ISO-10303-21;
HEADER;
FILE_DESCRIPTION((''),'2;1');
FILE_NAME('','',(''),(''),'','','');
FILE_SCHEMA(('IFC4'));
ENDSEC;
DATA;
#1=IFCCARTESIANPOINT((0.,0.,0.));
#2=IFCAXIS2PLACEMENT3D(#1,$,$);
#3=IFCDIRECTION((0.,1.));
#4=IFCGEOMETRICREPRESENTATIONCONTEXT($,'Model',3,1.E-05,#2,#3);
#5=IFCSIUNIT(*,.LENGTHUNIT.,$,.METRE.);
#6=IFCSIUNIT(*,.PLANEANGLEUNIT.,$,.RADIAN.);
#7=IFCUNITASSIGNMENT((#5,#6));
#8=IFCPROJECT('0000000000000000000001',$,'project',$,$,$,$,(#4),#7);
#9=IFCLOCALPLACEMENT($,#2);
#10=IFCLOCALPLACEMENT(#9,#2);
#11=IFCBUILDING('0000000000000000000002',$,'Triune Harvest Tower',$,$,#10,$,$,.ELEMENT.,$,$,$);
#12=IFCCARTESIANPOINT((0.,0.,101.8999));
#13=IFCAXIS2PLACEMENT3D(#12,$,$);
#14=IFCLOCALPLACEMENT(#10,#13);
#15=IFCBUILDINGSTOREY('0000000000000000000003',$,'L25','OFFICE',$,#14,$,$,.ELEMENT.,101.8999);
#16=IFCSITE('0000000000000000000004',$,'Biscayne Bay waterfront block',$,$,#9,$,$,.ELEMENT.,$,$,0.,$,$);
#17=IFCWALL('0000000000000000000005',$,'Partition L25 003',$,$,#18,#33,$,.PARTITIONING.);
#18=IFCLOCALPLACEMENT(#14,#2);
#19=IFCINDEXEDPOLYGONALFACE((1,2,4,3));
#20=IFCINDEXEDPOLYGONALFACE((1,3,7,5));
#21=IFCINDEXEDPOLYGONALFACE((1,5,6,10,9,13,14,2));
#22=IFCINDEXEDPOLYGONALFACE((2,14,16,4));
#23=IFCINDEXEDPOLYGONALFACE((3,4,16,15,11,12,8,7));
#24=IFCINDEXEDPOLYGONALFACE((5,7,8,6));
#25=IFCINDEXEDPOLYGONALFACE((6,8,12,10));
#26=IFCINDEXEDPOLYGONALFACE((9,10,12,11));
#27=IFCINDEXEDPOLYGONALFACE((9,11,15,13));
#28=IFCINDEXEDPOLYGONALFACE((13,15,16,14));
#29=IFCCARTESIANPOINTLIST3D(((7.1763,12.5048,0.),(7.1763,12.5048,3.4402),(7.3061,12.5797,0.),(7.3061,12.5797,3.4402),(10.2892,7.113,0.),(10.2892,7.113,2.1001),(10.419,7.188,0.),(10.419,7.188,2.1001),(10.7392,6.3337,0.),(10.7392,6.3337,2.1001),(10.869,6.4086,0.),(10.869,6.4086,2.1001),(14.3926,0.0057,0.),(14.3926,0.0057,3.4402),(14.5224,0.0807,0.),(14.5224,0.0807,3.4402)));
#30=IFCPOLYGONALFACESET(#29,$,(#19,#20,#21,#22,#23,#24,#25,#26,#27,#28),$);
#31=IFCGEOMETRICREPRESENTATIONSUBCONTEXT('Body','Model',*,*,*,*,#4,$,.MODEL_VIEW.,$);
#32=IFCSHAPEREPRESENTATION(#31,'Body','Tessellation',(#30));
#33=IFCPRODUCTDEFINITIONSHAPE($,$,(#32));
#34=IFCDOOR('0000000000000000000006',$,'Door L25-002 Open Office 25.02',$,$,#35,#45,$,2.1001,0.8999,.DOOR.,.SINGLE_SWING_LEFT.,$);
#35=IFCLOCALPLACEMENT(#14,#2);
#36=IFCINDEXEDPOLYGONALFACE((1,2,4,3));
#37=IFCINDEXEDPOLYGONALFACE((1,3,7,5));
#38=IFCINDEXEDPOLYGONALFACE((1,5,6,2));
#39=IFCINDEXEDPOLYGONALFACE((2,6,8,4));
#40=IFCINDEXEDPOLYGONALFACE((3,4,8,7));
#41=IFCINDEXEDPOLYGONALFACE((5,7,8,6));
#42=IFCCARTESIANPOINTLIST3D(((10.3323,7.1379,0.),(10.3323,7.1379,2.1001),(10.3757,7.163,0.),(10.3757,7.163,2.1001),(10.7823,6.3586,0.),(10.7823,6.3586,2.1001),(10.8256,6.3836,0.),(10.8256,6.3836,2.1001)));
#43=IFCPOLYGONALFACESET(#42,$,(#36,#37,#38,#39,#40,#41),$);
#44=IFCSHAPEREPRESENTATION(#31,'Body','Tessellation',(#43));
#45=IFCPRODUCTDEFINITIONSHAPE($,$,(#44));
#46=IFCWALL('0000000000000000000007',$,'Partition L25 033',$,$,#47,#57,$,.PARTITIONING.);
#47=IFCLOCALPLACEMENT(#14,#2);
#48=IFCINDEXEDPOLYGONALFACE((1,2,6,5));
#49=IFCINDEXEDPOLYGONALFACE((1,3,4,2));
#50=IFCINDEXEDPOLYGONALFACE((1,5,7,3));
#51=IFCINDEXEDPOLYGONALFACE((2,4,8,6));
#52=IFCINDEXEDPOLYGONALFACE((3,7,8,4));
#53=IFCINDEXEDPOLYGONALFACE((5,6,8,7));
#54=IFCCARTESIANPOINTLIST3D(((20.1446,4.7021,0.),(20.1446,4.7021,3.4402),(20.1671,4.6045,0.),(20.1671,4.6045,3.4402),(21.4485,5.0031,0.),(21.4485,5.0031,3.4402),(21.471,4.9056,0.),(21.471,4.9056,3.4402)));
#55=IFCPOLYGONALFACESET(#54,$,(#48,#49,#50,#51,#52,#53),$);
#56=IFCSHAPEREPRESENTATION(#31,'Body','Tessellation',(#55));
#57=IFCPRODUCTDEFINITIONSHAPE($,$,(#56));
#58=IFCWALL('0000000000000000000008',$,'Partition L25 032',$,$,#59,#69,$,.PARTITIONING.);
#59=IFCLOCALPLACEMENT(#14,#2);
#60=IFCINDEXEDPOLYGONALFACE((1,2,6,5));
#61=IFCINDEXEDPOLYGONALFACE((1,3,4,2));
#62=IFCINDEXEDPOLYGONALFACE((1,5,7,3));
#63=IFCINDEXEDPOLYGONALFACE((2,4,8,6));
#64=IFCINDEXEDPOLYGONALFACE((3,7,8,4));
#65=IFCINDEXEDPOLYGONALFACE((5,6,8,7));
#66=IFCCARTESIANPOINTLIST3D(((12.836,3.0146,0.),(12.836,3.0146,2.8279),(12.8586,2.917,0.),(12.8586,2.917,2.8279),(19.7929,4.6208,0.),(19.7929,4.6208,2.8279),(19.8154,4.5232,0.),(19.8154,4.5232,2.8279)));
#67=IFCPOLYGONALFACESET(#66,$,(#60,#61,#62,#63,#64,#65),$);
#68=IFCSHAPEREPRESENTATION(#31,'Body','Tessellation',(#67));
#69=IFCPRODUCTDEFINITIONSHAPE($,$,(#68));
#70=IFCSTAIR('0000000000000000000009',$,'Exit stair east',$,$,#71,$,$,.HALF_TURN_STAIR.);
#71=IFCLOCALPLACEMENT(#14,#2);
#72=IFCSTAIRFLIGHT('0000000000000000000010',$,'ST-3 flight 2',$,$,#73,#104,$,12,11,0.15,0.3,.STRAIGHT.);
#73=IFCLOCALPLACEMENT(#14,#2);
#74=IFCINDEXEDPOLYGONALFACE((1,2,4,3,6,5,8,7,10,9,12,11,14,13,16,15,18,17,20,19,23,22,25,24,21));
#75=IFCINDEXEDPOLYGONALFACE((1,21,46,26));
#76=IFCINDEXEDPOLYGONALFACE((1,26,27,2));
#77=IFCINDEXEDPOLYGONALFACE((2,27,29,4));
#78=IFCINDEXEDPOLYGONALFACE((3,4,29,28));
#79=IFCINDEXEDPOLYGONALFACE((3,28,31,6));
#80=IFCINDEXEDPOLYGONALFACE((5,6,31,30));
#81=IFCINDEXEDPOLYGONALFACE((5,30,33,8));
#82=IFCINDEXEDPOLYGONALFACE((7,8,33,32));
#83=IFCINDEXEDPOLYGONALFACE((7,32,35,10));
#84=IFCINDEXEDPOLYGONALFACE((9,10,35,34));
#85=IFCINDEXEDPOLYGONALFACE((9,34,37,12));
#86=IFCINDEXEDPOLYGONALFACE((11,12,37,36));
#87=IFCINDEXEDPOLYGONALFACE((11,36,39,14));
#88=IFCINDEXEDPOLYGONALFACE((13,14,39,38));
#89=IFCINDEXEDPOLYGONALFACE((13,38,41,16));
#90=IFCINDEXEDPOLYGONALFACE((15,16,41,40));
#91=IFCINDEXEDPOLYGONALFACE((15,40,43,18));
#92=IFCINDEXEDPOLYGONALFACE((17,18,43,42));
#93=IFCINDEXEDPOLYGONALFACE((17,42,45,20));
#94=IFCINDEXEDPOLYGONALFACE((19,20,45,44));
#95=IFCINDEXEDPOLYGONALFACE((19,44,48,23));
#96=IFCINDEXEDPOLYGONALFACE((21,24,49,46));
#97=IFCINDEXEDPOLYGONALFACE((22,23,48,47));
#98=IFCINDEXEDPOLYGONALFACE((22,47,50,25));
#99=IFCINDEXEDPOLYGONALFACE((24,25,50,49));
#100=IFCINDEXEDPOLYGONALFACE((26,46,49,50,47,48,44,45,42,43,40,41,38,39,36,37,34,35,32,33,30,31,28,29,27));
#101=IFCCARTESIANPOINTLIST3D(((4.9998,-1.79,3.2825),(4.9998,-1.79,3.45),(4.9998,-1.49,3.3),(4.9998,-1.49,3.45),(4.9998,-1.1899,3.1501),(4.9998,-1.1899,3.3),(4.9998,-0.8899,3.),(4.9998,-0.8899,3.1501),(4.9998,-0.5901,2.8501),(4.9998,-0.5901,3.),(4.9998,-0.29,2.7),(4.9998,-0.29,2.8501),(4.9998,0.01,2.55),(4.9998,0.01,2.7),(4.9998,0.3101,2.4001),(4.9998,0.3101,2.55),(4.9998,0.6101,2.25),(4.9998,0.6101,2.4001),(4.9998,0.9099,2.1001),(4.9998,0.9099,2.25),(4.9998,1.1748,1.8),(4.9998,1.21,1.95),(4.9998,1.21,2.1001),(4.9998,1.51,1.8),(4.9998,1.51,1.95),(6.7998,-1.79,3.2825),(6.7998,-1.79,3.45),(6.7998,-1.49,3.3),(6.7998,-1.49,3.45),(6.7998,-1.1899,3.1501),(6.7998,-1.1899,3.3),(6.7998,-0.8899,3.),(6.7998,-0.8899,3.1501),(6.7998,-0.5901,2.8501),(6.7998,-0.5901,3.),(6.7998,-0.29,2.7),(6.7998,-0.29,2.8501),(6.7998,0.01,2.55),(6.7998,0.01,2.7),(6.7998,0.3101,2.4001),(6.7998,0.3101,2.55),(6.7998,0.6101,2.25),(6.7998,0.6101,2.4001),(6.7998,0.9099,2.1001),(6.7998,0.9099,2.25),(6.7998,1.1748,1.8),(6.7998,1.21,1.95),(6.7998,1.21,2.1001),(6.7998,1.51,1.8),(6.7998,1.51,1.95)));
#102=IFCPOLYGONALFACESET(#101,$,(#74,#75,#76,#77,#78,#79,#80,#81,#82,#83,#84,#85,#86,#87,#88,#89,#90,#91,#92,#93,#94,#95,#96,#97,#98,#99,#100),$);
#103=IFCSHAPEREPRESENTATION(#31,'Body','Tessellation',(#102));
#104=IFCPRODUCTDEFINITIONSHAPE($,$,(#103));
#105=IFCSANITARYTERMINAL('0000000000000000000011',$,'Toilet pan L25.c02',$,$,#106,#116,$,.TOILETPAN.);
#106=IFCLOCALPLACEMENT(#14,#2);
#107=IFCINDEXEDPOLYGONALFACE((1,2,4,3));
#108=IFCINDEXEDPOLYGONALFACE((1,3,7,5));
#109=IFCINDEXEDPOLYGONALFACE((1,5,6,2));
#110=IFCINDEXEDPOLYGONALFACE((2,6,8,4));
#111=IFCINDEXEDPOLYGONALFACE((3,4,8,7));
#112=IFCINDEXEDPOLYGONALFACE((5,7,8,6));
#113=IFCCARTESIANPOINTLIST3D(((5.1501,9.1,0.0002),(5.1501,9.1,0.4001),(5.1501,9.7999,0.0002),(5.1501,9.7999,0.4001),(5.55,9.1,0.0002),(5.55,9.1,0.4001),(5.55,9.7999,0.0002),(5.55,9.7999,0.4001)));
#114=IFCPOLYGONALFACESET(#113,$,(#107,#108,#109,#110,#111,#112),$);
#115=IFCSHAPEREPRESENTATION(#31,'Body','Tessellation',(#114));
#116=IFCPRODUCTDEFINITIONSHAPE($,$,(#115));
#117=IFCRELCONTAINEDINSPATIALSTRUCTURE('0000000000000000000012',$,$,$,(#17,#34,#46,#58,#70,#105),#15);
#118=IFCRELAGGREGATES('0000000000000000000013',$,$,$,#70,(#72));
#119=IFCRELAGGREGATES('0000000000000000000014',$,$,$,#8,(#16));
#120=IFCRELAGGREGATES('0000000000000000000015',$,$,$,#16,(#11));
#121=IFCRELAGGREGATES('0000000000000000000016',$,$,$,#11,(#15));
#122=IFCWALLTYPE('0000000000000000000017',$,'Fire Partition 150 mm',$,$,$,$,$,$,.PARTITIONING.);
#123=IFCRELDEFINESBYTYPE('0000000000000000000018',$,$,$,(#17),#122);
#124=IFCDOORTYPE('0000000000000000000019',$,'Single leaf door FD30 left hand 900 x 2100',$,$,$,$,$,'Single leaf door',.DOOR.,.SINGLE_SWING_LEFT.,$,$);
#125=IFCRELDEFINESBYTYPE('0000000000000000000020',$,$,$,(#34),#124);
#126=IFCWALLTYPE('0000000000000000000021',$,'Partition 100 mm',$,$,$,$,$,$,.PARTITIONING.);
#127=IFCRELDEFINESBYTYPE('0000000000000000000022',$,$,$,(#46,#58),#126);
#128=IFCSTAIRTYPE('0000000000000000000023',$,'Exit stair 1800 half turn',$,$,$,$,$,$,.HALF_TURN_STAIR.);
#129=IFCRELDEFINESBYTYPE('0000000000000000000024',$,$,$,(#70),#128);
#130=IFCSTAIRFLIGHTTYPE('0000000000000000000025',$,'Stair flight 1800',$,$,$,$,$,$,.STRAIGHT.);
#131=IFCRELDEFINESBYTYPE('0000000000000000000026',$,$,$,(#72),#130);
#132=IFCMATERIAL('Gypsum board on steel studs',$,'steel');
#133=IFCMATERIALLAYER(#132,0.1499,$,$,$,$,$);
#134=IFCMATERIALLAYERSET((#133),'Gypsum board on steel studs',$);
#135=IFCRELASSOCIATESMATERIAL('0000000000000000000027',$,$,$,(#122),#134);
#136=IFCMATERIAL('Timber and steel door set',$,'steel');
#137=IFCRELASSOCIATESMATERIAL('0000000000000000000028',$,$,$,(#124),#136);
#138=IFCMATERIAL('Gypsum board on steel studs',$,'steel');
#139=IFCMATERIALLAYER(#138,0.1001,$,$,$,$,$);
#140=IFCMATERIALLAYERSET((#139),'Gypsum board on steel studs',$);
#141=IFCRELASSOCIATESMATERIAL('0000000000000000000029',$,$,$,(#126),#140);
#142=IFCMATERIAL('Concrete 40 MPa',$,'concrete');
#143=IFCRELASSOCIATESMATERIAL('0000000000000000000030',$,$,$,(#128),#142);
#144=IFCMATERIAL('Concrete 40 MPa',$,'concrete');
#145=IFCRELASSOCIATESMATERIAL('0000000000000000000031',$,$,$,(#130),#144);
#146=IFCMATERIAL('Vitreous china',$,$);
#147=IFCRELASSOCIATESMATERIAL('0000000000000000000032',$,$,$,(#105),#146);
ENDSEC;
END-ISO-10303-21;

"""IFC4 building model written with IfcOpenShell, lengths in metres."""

from ifc_helpers import new_model, si_unit, direction, frame, frame_2d, origin, origin_2d, place, context, subcontext, project, spatial, polyline, rectangle, outline, extrude, source, transform, mapped, material, layer, layer_set, type_object, element, fill, aggregate, save


model = new_model("IFC4")

# Units and contexts
model_context = context("Model", 3, precision=1e-05, world=origin(), true_north=direction((0.0, 1.0)))
body_context = subcontext(model_context, "Body", "Model", "MODEL_VIEW")
ifc_project = project(units=[si_unit("LENGTHUNIT", "METRE"), si_unit("PLANEANGLEUNIT", "RADIAN")], contexts=[model_context])

# Site, building, storey
site_placement = place(None, origin())
site = spatial("IfcSite", under=ifc_project, at=site_placement, Name="Biscayne Bay waterfront block", CompositionType="ELEMENT", RefElevation=0.0)
building_placement = place(site_placement, origin())
building = spatial("IfcBuilding", under=site, at=building_placement, Name="Triune Harvest Tower", CompositionType="ELEMENT")
storey_placement = place(building_placement, frame((0.0, 0.0, 101.8999)))
storey = spatial("IfcBuildingStorey", under=building, at=storey_placement, Name="L25", Description="OFFICE", CompositionType="ELEMENT", Elevation=101.8999)

# Wall, opening, door
ifc_material_1 = material(Name="Gypsum board on steel studs", Category="steel")
ifc_layer_1 = layer(ifc_material_1, 0.1499)
ifc_layer_set_1 = layer_set([ifc_layer_1], Name="Gypsum board on steel studs")
wall_type_1 = type_object("IfcWallType", Name="Fire Partition 150 mm", PredefinedType="PARTITIONING", material=ifc_layer_set_1)
shared_shape_1 = source(origin(), body_context, "Body", "SweptSolid", [
    extrude(rectangle(XDim=14.4326, YDim=0.1499, at=frame_2d((7.2163, 0.0))), origin(), (0.0, 0.0, 1.0), 3.4402),
])
wall_1_placement = place(storey_placement, frame((7.2412, 12.5422, 0.0), z_axis=(0.0, 0.0, 1.0), x_axis=(0.5, -0.866026, 0.0)))
wall_1 = element("IfcWall", 1, at=wall_1_placement, inside=storey, type_object=wall_type_1, Name="Partition L25 003", PredefinedType="PARTITIONING", context=body_context, shape_type="MappedRepresentation", body=[
    mapped(shared_shape_1, transform((0.0, 0.0, 0.0), scale=1.0)),
])
opening_1_placement = place(wall_1_placement, frame((6.2258, 0.0, 0.0)))
opening_1 = element("IfcOpeningElement", 2, at=opening_1_placement, cuts=wall_1, PredefinedType="OPENING", context=body_context, shape_type="SweptSolid", body=[
    extrude(rectangle(XDim=0.8999, YDim=2.1001, at=frame_2d((0.45, 1.05))), frame((0.0, 0.085, 0.0), z_axis=(0.0, -1.0, 0.0), x_axis=(1.0, 0.0, 0.0)), (0.0, 0.0, 1.0), 0.1699),
])
ifc_material_2 = material(Name="Timber and steel door set", Category="steel")
door_type_1 = type_object("IfcDoorType", Name="Single leaf door FD30 left hand 900 x 2100", ElementType="Single leaf door", OperationType="SINGLE_SWING_LEFT", PredefinedType="DOOR", material=ifc_material_2)
door_1_placement = place(opening_1_placement, origin())
door_1 = element("IfcDoor", 3, at=door_1_placement, inside=storey, type_object=door_type_1, Name="Door L25-002 Open Office 25.02", OperationType="SINGLE_SWING_LEFT", OverallHeight=2.1001, OverallWidth=0.8999, PredefinedType="DOOR", context=body_context, shape_type="SweptSolid", body=[
    extrude(rectangle(XDim=0.8999, YDim=2.1001, at=frame_2d((0.45, 1.05))), frame((0.0, 0.0249, 0.0), z_axis=(0.0, -1.0, 0.0), x_axis=(1.0, 0.0, 0.0)), (0.0, 0.0, 1.0), 0.05),
])
fill(opening_1, door_1)

# Walls
ifc_material_3 = material(Name="Gypsum board on steel studs", Category="steel")
ifc_layer_2 = layer(ifc_material_3, 0.1001)
ifc_layer_set_2 = layer_set([ifc_layer_2], Name="Gypsum board on steel studs")
wall_type_2 = type_object("IfcWallType", Name="Partition 100 mm", PredefinedType="PARTITIONING", material=ifc_layer_set_2)
shared_shape_2 = source(origin(), body_context, "Body", "SweptSolid", [
    extrude(rectangle(XDim=1.3381, YDim=0.1001, at=frame_2d((0.6689, 0.0))), origin(), (0.0, 0.0, 1.0), 3.4402),
])
wall_2_placement = place(storey_placement, frame((20.156, 4.6533, 0.0), z_axis=(0.0, 0.0, 1.0), x_axis=(0.974364, 0.224979, 0.0)))
element("IfcWall", 4, at=wall_2_placement, inside=storey, type_object=wall_type_2, Name="Partition L25 033", PredefinedType="PARTITIONING", context=body_context, shape_type="MappedRepresentation", body=[
    mapped(shared_shape_2, transform((0.0, 0.0, 0.0), scale=1.0)),
])
shared_shape_3 = source(origin(), body_context, "Body", "SweptSolid", [
    extrude(rectangle(XDim=7.1399, YDim=0.1001, at=frame_2d((3.5698, 0.0))), origin(), (0.0, 0.0, 1.0), 2.8279),
])
wall_3_placement = place(storey_placement, frame((12.8474, 2.9658, 0.0), z_axis=(0.0, 0.0, 1.0), x_axis=(0.974367, 0.224964, 0.0)))
element("IfcWall", 5, at=wall_3_placement, inside=storey, type_object=wall_type_2, Name="Partition L25 032", PredefinedType="PARTITIONING", context=body_context, shape_type="MappedRepresentation", body=[
    mapped(shared_shape_3, transform((0.0, 0.0, 0.0), scale=1.0)),
])

# Stair, stair flight
ifc_material_4 = material(Name="Concrete 40 MPa", Category="concrete")
stair_type = type_object("IfcStairType", Name="Exit stair 1800 half turn", PredefinedType="HALF_TURN_STAIR", material=ifc_material_4)
stair_placement = place(storey_placement, origin())
stair = element("IfcStair", 6, at=stair_placement, inside=storey, type_object=stair_type, Name="Exit stair east", PredefinedType="HALF_TURN_STAIR")
ifc_material_5 = material(Name="Concrete 40 MPa", Category="concrete")
stair_flight_type = type_object("IfcStairFlightType", Name="Stair flight 1800", PredefinedType="STRAIGHT", material=ifc_material_5)
shared_shape_4 = source(origin(), body_context, "Body", "SweptSolid", [
    extrude(outline(polyline([(0.0, 0.0), (0.0, 0.1499), (0.3, 0.1499), (0.3, 0.3), (0.6001, 0.3), (0.6001, 0.45), (0.8999, 0.45), (0.8999, 0.6001), (1.2, 0.6001), (1.2, 0.75), (1.5, 0.75), (1.5, 0.8999), (1.8, 0.8999), (1.8, 1.05), (2.1001, 1.05), (2.1001, 1.2), (2.3999, 1.2), (2.3999, 1.3501), (2.7, 1.3501), (2.7, 1.5), (3.0, 1.5), (3.0, 1.6499), (3.3, 1.6499), (3.3, 1.8), (3.3, 1.4824), (0.3352, 0.0), (0.0, 0.0)])), frame((0.0, 0.8999, 0.0), z_axis=(0.0, -1.0, 0.0), x_axis=(1.0, 0.0, 0.0)), (0.0, 0.0, 1.0), 1.8),
])
stair_flight_placement = place(storey_placement, frame((5.8999, 1.51, 1.8), z_axis=(0.0, 0.0, 1.0), x_axis=(0.0, -1.0, 0.0)))
stair_flight = element("IfcStairFlight", 7, at=stair_flight_placement, type_object=stair_flight_type, Name="ST-3 flight 2", NumberOfRisers=12, NumberOfTreads=11, PredefinedType="STRAIGHT", RiserHeight=0.15, TreadLength=0.3, context=body_context, shape_type="MappedRepresentation", body=[
    mapped(shared_shape_4, transform((0.0, 0.0, 0.0), scale=1.0)),
])
aggregate(stair, [stair_flight])

# Sanitary terminal
ifc_material_6 = material(Name="Vitreous china")
shared_shape_5 = source(origin(), body_context, "Body", "SweptSolid", [
    extrude(rectangle(XDim=0.3999, YDim=0.7, at=origin_2d()), origin(), (0.0, 0.0, 1.0), 0.3999),
])
sanitary_terminal_placement = place(storey_placement, frame((5.3501, 9.45, 0.0002), z_axis=(0.0, 0.0, 1.0), x_axis=(1.0, 0.0, 0.0)))
element("IfcSanitaryTerminal", 8, at=sanitary_terminal_placement, inside=storey, material=ifc_material_6, Name="Toilet pan L25.c02", PredefinedType="TOILETPAN", context=body_context, shape_type="MappedRepresentation", body=[
    mapped(shared_shape_5, transform((0.0, 0.0, 0.0), scale=1.0)),
])

save(model, "model.ifc")
